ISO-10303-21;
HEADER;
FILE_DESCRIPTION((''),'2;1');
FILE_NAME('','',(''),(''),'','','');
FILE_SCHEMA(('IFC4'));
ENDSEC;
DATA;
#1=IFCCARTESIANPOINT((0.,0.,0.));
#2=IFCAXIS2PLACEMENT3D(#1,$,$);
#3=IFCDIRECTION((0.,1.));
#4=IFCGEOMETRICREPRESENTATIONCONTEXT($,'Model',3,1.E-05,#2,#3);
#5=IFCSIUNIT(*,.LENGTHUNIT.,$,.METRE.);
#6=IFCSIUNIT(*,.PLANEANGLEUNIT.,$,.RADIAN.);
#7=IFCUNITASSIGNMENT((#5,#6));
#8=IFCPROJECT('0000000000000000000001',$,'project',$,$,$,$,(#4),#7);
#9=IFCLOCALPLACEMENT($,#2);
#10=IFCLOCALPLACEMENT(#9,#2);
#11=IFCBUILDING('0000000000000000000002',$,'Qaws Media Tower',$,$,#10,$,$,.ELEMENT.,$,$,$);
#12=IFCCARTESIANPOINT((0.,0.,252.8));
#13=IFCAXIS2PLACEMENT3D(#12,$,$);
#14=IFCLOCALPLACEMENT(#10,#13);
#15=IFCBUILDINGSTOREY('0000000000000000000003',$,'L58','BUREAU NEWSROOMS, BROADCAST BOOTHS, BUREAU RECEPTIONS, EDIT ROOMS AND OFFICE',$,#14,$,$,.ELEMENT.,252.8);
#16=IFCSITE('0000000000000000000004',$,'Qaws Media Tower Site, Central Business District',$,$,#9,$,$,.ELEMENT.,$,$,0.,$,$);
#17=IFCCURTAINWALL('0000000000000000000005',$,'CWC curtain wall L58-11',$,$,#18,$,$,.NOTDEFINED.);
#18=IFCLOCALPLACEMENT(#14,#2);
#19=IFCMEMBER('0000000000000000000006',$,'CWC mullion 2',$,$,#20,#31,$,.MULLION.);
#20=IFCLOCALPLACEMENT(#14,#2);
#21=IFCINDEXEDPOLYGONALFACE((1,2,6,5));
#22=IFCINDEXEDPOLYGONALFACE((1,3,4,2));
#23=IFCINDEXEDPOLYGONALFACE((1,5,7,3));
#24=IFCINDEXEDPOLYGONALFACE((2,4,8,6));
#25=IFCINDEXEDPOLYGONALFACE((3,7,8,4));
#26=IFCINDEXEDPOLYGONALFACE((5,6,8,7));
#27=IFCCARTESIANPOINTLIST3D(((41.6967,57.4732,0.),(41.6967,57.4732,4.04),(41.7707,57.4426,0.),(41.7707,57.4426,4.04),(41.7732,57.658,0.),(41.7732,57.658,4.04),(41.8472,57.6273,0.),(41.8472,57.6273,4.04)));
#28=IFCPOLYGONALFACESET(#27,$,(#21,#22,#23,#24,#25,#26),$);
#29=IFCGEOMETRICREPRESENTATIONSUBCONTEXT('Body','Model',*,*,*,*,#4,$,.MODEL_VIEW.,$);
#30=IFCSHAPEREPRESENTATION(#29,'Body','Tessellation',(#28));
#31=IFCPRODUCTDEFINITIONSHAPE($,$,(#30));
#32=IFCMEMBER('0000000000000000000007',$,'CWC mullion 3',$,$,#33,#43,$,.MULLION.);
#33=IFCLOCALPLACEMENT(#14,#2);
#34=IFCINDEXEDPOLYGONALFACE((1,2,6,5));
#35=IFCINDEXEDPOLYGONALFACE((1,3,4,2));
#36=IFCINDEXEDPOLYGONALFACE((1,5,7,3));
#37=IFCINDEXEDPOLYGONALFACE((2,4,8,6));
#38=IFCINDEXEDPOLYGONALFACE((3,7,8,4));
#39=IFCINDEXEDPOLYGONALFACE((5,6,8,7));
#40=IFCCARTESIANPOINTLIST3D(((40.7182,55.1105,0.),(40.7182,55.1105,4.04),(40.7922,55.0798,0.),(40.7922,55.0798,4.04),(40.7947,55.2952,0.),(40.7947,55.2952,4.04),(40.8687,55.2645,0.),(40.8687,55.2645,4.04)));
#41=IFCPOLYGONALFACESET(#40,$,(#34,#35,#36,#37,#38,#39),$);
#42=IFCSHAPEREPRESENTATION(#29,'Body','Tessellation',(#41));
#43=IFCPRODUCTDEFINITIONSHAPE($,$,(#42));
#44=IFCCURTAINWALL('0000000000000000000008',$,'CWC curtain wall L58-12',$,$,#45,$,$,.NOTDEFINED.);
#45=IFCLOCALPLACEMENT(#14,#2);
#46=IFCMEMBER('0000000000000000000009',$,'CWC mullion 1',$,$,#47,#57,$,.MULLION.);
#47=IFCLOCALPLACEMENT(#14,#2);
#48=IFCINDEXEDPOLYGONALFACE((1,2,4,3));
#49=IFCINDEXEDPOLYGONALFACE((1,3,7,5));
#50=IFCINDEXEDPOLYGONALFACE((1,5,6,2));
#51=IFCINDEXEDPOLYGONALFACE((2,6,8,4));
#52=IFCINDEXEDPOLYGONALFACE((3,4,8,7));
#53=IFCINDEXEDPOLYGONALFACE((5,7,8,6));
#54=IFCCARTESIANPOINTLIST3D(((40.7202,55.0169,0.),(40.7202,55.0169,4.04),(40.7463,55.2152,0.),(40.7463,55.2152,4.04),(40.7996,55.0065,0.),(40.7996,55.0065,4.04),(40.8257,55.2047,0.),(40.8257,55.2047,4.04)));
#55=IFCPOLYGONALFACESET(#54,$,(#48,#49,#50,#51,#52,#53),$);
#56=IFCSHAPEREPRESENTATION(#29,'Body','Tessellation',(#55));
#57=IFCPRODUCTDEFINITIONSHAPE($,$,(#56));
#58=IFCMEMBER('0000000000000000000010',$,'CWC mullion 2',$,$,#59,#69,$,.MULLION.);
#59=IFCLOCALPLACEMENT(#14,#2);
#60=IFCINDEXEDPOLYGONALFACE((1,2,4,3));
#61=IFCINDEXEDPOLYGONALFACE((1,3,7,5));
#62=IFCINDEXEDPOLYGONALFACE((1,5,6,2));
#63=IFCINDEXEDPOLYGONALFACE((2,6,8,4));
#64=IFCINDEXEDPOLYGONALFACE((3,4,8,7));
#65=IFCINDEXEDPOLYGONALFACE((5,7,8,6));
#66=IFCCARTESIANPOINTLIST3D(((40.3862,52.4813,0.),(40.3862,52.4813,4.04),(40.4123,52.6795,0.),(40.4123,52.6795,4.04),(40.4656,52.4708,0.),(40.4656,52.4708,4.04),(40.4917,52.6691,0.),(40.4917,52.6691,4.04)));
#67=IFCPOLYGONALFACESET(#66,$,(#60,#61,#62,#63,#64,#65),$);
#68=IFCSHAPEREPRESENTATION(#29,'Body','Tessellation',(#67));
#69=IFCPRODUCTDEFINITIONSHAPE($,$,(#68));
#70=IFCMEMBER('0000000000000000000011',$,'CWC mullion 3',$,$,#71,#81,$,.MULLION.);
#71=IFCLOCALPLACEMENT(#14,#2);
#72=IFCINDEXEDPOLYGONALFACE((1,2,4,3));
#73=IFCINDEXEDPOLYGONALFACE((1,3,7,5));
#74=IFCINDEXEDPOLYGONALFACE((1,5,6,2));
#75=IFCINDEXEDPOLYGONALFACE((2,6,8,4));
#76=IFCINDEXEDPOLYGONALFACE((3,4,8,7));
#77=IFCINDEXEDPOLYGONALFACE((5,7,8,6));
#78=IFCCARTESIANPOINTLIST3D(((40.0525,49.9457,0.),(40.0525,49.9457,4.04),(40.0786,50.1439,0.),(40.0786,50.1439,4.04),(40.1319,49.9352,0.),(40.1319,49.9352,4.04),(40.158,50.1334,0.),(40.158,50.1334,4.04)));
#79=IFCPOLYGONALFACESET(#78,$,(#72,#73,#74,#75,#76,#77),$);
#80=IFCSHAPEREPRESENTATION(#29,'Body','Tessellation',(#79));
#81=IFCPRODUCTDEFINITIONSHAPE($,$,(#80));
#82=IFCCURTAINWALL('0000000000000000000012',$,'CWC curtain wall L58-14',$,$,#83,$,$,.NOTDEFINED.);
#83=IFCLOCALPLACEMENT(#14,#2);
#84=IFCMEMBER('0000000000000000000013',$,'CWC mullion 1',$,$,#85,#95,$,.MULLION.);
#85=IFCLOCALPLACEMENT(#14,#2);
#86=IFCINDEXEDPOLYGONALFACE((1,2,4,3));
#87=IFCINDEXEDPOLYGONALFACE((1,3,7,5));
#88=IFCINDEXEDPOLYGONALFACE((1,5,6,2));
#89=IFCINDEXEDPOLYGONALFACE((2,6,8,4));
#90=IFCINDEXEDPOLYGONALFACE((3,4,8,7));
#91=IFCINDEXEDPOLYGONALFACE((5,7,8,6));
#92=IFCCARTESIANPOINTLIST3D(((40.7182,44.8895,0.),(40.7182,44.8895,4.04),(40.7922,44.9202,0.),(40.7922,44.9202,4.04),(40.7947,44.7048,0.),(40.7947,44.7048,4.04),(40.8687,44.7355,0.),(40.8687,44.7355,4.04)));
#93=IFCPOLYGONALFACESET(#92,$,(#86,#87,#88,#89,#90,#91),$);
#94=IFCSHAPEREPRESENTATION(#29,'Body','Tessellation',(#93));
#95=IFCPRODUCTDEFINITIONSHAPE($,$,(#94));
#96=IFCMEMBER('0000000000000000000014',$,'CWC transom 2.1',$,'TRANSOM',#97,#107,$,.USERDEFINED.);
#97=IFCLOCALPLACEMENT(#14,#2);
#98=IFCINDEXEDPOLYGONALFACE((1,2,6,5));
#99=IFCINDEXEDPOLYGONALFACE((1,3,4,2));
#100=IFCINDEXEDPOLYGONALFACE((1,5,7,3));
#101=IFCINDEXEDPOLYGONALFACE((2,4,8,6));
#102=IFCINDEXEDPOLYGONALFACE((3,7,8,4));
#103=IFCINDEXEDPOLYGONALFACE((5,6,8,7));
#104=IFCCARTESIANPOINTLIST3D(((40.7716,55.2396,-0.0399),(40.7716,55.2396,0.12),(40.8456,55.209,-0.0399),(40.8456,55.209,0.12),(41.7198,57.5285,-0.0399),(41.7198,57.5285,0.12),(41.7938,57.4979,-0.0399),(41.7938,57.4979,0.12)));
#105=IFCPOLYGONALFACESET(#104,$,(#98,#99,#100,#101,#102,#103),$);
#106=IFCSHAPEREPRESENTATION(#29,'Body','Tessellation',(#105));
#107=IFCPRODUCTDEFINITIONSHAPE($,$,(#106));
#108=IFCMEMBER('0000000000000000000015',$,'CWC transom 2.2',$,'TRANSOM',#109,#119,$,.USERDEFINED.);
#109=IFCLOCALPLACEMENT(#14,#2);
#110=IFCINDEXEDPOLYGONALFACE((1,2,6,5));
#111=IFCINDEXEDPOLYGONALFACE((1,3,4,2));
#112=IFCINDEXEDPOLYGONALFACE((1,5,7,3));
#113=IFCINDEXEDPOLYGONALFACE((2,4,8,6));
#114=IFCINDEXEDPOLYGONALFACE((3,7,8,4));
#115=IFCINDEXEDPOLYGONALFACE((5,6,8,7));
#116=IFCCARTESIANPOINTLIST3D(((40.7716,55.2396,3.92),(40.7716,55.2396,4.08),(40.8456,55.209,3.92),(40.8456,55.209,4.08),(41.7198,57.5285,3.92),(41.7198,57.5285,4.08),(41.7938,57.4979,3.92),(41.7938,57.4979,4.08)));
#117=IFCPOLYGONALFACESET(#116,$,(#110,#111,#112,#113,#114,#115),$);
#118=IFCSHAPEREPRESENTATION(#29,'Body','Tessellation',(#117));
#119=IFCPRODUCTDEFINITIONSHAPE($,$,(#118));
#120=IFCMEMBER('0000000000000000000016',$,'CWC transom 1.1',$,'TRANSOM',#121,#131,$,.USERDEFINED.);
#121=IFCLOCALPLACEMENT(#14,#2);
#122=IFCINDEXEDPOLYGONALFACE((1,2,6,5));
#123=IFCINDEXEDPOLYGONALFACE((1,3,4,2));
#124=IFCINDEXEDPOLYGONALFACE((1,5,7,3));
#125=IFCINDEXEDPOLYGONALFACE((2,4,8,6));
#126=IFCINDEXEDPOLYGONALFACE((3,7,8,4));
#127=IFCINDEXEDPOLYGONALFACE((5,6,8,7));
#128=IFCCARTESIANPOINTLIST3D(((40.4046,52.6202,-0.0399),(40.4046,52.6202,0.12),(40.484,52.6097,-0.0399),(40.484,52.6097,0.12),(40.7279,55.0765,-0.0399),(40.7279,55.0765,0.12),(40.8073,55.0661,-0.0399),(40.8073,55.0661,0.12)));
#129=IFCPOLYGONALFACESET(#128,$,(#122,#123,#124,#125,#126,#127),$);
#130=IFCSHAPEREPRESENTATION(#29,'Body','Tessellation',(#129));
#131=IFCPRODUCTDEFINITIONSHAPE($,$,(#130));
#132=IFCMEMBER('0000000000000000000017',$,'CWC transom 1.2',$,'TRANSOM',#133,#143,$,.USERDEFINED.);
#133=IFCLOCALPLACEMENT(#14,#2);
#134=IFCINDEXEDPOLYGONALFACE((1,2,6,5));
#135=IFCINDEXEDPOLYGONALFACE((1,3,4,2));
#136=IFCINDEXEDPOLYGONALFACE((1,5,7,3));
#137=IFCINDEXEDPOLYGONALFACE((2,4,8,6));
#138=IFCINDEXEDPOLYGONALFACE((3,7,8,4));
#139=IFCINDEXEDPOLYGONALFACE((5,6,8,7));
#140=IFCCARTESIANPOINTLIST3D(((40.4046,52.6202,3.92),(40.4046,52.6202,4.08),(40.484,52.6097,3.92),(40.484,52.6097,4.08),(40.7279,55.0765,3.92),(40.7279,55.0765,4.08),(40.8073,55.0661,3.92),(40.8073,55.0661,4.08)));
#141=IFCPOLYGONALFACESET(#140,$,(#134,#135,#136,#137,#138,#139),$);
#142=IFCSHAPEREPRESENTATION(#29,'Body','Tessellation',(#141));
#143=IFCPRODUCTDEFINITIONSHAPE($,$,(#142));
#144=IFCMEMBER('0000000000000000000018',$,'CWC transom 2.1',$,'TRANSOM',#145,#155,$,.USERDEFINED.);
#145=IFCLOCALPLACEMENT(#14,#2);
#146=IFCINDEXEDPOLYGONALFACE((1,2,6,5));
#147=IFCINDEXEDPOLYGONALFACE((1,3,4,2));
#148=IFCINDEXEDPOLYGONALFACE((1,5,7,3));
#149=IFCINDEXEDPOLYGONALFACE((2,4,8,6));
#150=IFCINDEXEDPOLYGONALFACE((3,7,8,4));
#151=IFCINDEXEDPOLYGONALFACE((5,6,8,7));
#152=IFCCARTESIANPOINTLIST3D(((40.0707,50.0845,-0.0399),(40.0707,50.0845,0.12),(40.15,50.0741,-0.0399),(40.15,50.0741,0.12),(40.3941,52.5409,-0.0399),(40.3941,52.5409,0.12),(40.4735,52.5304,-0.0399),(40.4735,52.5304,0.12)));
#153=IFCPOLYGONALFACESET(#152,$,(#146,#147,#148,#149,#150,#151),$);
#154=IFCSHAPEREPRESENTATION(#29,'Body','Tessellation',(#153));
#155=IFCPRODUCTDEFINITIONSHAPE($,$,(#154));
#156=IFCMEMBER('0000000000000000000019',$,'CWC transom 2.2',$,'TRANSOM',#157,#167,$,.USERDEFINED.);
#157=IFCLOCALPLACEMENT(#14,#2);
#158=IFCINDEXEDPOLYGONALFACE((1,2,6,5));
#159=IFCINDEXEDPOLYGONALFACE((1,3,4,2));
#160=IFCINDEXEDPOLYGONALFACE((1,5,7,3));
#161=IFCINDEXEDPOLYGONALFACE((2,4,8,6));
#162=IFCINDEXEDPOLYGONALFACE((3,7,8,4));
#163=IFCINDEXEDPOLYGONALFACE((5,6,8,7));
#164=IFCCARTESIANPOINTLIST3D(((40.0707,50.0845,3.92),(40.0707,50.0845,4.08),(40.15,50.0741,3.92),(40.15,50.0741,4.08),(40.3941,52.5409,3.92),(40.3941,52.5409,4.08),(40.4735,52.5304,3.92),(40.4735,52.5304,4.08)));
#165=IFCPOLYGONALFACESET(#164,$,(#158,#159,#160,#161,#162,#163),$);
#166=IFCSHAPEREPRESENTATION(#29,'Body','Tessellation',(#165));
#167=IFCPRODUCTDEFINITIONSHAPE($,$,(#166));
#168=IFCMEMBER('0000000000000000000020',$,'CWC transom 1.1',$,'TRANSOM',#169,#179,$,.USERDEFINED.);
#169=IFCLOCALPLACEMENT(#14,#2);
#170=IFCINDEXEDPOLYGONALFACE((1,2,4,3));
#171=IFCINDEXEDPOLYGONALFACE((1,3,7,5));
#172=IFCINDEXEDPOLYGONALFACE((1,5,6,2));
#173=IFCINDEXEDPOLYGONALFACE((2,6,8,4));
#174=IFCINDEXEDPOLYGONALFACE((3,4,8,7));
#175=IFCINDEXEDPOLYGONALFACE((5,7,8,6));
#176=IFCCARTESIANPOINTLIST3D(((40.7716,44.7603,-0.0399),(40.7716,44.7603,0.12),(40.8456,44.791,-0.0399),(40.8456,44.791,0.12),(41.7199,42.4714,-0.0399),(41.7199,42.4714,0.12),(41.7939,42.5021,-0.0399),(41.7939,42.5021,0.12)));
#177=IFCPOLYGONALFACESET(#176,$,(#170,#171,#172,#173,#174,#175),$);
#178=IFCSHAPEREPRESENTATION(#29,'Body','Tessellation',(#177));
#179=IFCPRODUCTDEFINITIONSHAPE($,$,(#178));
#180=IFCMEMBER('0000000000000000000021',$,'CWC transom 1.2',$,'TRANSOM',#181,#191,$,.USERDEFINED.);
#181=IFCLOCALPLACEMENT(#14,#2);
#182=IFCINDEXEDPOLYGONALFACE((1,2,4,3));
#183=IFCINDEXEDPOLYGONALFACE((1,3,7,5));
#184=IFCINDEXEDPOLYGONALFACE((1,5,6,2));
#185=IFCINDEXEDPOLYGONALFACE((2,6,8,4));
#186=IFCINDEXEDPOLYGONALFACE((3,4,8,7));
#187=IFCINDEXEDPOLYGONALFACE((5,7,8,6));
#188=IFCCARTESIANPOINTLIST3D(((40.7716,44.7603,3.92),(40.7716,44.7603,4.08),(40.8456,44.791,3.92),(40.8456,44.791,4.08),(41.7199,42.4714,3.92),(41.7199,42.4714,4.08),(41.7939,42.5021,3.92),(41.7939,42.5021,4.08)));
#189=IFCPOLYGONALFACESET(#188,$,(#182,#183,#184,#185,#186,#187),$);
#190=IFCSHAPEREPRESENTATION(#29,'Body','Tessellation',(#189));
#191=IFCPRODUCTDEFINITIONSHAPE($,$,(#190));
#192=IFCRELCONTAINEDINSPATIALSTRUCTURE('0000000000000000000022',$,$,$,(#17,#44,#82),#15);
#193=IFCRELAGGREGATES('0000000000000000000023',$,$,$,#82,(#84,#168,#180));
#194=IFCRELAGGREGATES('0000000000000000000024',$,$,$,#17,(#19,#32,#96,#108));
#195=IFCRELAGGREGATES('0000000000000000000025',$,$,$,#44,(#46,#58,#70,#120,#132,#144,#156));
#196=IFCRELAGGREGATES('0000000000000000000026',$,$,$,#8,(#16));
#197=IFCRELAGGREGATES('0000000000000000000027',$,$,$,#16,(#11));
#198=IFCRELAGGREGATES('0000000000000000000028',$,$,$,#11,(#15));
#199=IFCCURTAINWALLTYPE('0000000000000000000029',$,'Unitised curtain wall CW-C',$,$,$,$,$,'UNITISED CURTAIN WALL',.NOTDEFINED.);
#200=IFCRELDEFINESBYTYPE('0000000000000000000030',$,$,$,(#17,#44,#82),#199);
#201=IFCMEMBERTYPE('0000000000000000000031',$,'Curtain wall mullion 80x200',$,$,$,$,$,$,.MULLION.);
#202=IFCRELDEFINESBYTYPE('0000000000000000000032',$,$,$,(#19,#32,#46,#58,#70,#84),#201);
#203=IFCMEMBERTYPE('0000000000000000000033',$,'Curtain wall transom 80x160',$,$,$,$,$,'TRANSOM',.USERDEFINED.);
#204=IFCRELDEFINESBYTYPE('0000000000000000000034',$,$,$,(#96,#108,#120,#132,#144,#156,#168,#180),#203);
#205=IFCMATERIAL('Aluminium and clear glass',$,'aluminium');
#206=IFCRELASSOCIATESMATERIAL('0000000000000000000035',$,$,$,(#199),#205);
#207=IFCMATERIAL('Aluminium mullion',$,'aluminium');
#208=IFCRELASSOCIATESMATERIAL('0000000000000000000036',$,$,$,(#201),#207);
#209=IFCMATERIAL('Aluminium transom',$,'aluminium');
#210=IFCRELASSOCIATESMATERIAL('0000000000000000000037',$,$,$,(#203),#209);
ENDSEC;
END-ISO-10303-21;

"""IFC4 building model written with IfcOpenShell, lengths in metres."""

from ifc_helpers import new_model, si_unit, direction, frame, origin, origin_2d, place, context, subcontext, project, spatial, rectangle, extrude, material, material_profile, profile_set, type_object, element, aggregate, save


model = new_model("IFC4")

# Units and contexts
model_context = context("Model", 3, precision=1e-05, world=origin(), true_north=direction((0.0, 1.0)))
body_context = subcontext(model_context, "Body", "Model", "MODEL_VIEW")
ifc_project = project(units=[si_unit("LENGTHUNIT", "METRE"), si_unit("PLANEANGLEUNIT", "RADIAN")], contexts=[model_context])

# Site, building, storey
site_placement = place(None, origin())
site = spatial("IfcSite", under=ifc_project, at=site_placement, Name="Qaws Media Tower Site, Central Business District", CompositionType="ELEMENT", RefElevation=0.0)
building_placement = place(site_placement, origin())
building = spatial("IfcBuilding", under=site, at=building_placement, Name="Qaws Media Tower", CompositionType="ELEMENT")
storey_placement = place(building_placement, frame((0.0, 0.0, 252.8)))
storey = spatial("IfcBuildingStorey", under=building, at=storey_placement, Name="L58", Description="BUREAU NEWSROOMS, BROADCAST BOOTHS, BUREAU RECEPTIONS, EDIT ROOMS AND OFFICE", CompositionType="ELEMENT", Elevation=252.8)

# Curtain walls, members
ifc_material_1 = material(Name="Aluminium and clear glass", Category="aluminium")
curtain_wall_type = type_object("IfcCurtainWallType", Name="Unitised curtain wall CW-C", ElementType="UNITISED CURTAIN WALL", PredefinedType="NOTDEFINED", material=ifc_material_1)
curtain_wall_1_placement = place(storey_placement, origin())
curtain_wall_1 = element("IfcCurtainWall", 1, at=curtain_wall_1_placement, inside=storey, type_object=curtain_wall_type, Name="CWC curtain wall L58-11", PredefinedType="NOTDEFINED")
ifc_material_2 = material(Name="Aluminium mullion", Category="aluminium")
ifc_material_profile_1 = material_profile(ifc_material_2, rectangle(XDim=0.0801, YDim=0.2, at=origin_2d()), Name="80x200")
ifc_profile_set_1 = profile_set([ifc_material_profile_1], Name="Aluminium mullion")
member_type_1 = type_object("IfcMemberType", Name="Curtain wall mullion 80x200", PredefinedType="MULLION", material=ifc_profile_set_1)
member_1_placement = place(storey_placement, frame((41.772, 57.5503, 0.0), z_axis=(0.0, 0.0, 1.0), x_axis=(0.92388, -0.382683, 0.0)))
member_1 = element("IfcMember", 2, at=member_1_placement, type_object=member_type_1, Name="CWC mullion 2", PredefinedType="MULLION", context=body_context, shape_type="SweptSolid", body=[
    extrude(rectangle(XDim=0.0801, YDim=0.2, at=origin_2d()), origin(), (0.0, 0.0, 1.0), 4.04),
])
member_2_placement = place(storey_placement, frame((40.7935, 55.1875, 0.0), z_axis=(0.0, 0.0, 1.0), x_axis=(0.92388, -0.382683, 0.0)))
member_2 = element("IfcMember", 3, at=member_2_placement, type_object=member_type_1, Name="CWC mullion 3", PredefinedType="MULLION", context=body_context, shape_type="SweptSolid", body=[
    extrude(rectangle(XDim=0.0801, YDim=0.2, at=origin_2d()), origin(), (0.0, 0.0, 1.0), 4.04),
])
curtain_wall_2_placement = place(storey_placement, origin())
curtain_wall_2 = element("IfcCurtainWall", 4, at=curtain_wall_2_placement, inside=storey, type_object=curtain_wall_type, Name="CWC curtain wall L58-12", PredefinedType="NOTDEFINED")
member_3_placement = place(storey_placement, frame((40.7729, 55.1108, 0.0), z_axis=(0.0, 0.0, 1.0), x_axis=(0.991445, -0.130526, 0.0)))
member_3 = element("IfcMember", 5, at=member_3_placement, type_object=member_type_1, Name="CWC mullion 1", PredefinedType="MULLION", context=body_context, shape_type="SweptSolid", body=[
    extrude(rectangle(XDim=0.0801, YDim=0.2, at=origin_2d()), origin(), (0.0, 0.0, 1.0), 4.04),
])
member_4_placement = place(storey_placement, frame((40.439, 52.5752, 0.0), z_axis=(0.0, 0.0, 1.0), x_axis=(0.991445, -0.130526, 0.0)))
member_4 = element("IfcMember", 6, at=member_4_placement, type_object=member_type_1, Name="CWC mullion 2", PredefinedType="MULLION", context=body_context, shape_type="SweptSolid", body=[
    extrude(rectangle(XDim=0.0801, YDim=0.2, at=origin_2d()), origin(), (0.0, 0.0, 1.0), 4.04),
])
member_5_placement = place(storey_placement, frame((40.1052, 50.0396, 0.0), z_axis=(0.0, 0.0, 1.0), x_axis=(0.991445, -0.130526, 0.0)))
member_5 = element("IfcMember", 7, at=member_5_placement, type_object=member_type_1, Name="CWC mullion 3", PredefinedType="MULLION", context=body_context, shape_type="SweptSolid", body=[
    extrude(rectangle(XDim=0.0801, YDim=0.2, at=origin_2d()), origin(), (0.0, 0.0, 1.0), 4.04),
])

# Curtain wall, member
curtain_wall_3_placement = place(storey_placement, origin())
curtain_wall_3 = element("IfcCurtainWall", 8, at=curtain_wall_3_placement, inside=storey, type_object=curtain_wall_type, Name="CWC curtain wall L58-14", PredefinedType="NOTDEFINED")
member_6_placement = place(storey_placement, frame((40.7935, 44.8125, 0.0), z_axis=(0.0, 0.0, 1.0), x_axis=(0.92388, 0.382683, 0.0)))
member_6 = element("IfcMember", 9, at=member_6_placement, type_object=member_type_1, Name="CWC mullion 1", PredefinedType="MULLION", context=body_context, shape_type="SweptSolid", body=[
    extrude(rectangle(XDim=0.0801, YDim=0.2, at=origin_2d()), origin(), (0.0, 0.0, 1.0), 4.04),
])

# Members
ifc_material_3 = material(Name="Aluminium transom", Category="aluminium")
ifc_material_profile_2 = material_profile(ifc_material_3, rectangle(XDim=0.0801, YDim=0.1599, at=origin_2d()), Name="80x160")
ifc_profile_set_2 = profile_set([ifc_material_profile_2], Name="Aluminium transom")
member_type_2 = type_object("IfcMemberType", Name="Curtain wall transom 80x160", ElementType="TRANSOM", PredefinedType="USERDEFINED", material=ifc_profile_set_2)
member_7_placement = place(storey_placement, frame((41.7568, 57.5132, 0.04), z_axis=(-0.382746, -0.923853, 0.0), x_axis=(0.923853, -0.382746, 0.0)))
member_7 = element("IfcMember", 10, at=member_7_placement, type_object=member_type_2, Name="CWC transom 2.1", ObjectType="TRANSOM", PredefinedType="USERDEFINED", context=body_context, shape_type="SweptSolid", body=[
    extrude(rectangle(XDim=0.0801, YDim=0.1599, at=origin_2d()), origin(), (0.0, 0.0, 1.0), 2.4775),
])
member_8_placement = place(storey_placement, frame((41.7568, 57.5132, 4.0), z_axis=(-0.382746, -0.923853, 0.0), x_axis=(0.923853, -0.382746, 0.0)))
member_8 = element("IfcMember", 11, at=member_8_placement, type_object=member_type_2, Name="CWC transom 2.2", ObjectType="TRANSOM", PredefinedType="USERDEFINED", context=body_context, shape_type="SweptSolid", body=[
    extrude(rectangle(XDim=0.0801, YDim=0.1599, at=origin_2d()), origin(), (0.0, 0.0, 1.0), 2.4775),
])
member_9_placement = place(storey_placement, frame((40.7676, 55.0713, 0.04), z_axis=(-0.130472, -0.991452, 0.0), x_axis=(0.991452, -0.130472, 0.0)))
member_9 = element("IfcMember", 12, at=member_9_placement, type_object=member_type_2, Name="CWC transom 1.1", ObjectType="TRANSOM", PredefinedType="USERDEFINED", context=body_context, shape_type="SweptSolid", body=[
    extrude(rectangle(XDim=0.0801, YDim=0.1599, at=origin_2d()), origin(), (0.0, 0.0, 1.0), 2.4775),
])
member_10_placement = place(storey_placement, frame((40.7676, 55.0713, 4.0), z_axis=(-0.130472, -0.991452, 0.0), x_axis=(0.991452, -0.130472, 0.0)))
member_10 = element("IfcMember", 13, at=member_10_placement, type_object=member_type_2, Name="CWC transom 1.2", ObjectType="TRANSOM", PredefinedType="USERDEFINED", context=body_context, shape_type="SweptSolid", body=[
    extrude(rectangle(XDim=0.0801, YDim=0.1599, at=origin_2d()), origin(), (0.0, 0.0, 1.0), 2.4775),
])
member_11_placement = place(storey_placement, frame((40.4338, 52.5356, 0.04), z_axis=(-0.130569, -0.991439, 0.0), x_axis=(0.991439, -0.130569, 0.0)))
member_11 = element("IfcMember", 14, at=member_11_placement, type_object=member_type_2, Name="CWC transom 2.1", ObjectType="TRANSOM", PredefinedType="USERDEFINED", context=body_context, shape_type="SweptSolid", body=[
    extrude(rectangle(XDim=0.0801, YDim=0.1599, at=origin_2d()), origin(), (0.0, 0.0, 1.0), 2.4775),
])
member_12_placement = place(storey_placement, frame((40.4338, 52.5356, 4.0), z_axis=(-0.130569, -0.991439, 0.0), x_axis=(0.991439, -0.130569, 0.0)))
member_12 = element("IfcMember", 15, at=member_12_placement, type_object=member_type_2, Name="CWC transom 2.2", ObjectType="TRANSOM", PredefinedType="USERDEFINED", context=body_context, shape_type="SweptSolid", body=[
    extrude(rectangle(XDim=0.0801, YDim=0.1599, at=origin_2d()), origin(), (0.0, 0.0, 1.0), 2.4775),
])
member_13_placement = place(storey_placement, frame((40.8086, 44.7756, 0.04), z_axis=(0.382746, -0.923853, 0.0), x_axis=(0.923853, 0.382746, 0.0)))
member_13 = element("IfcMember", 16, at=member_13_placement, type_object=member_type_2, Name="CWC transom 1.1", ObjectType="TRANSOM", PredefinedType="USERDEFINED", context=body_context, shape_type="SweptSolid", body=[
    extrude(rectangle(XDim=0.0801, YDim=0.1599, at=origin_2d()), origin(), (0.0, 0.0, 1.0), 2.4775),
])
member_14_placement = place(storey_placement, frame((40.8086, 44.7756, 4.0), z_axis=(0.382746, -0.923853, 0.0), x_axis=(0.923853, 0.382746, 0.0)))
member_14 = element("IfcMember", 17, at=member_14_placement, type_object=member_type_2, Name="CWC transom 1.2", ObjectType="TRANSOM", PredefinedType="USERDEFINED", context=body_context, shape_type="SweptSolid", body=[
    extrude(rectangle(XDim=0.0801, YDim=0.1599, at=origin_2d()), origin(), (0.0, 0.0, 1.0), 2.4775),
])
aggregate(curtain_wall_3, [member_6, member_13, member_14])

aggregate(curtain_wall_1, [member_1, member_2, member_7, member_8])
aggregate(curtain_wall_2, [member_3, member_4, member_5, member_9, member_10, member_11, member_12])

save(model, "model.ifc")
